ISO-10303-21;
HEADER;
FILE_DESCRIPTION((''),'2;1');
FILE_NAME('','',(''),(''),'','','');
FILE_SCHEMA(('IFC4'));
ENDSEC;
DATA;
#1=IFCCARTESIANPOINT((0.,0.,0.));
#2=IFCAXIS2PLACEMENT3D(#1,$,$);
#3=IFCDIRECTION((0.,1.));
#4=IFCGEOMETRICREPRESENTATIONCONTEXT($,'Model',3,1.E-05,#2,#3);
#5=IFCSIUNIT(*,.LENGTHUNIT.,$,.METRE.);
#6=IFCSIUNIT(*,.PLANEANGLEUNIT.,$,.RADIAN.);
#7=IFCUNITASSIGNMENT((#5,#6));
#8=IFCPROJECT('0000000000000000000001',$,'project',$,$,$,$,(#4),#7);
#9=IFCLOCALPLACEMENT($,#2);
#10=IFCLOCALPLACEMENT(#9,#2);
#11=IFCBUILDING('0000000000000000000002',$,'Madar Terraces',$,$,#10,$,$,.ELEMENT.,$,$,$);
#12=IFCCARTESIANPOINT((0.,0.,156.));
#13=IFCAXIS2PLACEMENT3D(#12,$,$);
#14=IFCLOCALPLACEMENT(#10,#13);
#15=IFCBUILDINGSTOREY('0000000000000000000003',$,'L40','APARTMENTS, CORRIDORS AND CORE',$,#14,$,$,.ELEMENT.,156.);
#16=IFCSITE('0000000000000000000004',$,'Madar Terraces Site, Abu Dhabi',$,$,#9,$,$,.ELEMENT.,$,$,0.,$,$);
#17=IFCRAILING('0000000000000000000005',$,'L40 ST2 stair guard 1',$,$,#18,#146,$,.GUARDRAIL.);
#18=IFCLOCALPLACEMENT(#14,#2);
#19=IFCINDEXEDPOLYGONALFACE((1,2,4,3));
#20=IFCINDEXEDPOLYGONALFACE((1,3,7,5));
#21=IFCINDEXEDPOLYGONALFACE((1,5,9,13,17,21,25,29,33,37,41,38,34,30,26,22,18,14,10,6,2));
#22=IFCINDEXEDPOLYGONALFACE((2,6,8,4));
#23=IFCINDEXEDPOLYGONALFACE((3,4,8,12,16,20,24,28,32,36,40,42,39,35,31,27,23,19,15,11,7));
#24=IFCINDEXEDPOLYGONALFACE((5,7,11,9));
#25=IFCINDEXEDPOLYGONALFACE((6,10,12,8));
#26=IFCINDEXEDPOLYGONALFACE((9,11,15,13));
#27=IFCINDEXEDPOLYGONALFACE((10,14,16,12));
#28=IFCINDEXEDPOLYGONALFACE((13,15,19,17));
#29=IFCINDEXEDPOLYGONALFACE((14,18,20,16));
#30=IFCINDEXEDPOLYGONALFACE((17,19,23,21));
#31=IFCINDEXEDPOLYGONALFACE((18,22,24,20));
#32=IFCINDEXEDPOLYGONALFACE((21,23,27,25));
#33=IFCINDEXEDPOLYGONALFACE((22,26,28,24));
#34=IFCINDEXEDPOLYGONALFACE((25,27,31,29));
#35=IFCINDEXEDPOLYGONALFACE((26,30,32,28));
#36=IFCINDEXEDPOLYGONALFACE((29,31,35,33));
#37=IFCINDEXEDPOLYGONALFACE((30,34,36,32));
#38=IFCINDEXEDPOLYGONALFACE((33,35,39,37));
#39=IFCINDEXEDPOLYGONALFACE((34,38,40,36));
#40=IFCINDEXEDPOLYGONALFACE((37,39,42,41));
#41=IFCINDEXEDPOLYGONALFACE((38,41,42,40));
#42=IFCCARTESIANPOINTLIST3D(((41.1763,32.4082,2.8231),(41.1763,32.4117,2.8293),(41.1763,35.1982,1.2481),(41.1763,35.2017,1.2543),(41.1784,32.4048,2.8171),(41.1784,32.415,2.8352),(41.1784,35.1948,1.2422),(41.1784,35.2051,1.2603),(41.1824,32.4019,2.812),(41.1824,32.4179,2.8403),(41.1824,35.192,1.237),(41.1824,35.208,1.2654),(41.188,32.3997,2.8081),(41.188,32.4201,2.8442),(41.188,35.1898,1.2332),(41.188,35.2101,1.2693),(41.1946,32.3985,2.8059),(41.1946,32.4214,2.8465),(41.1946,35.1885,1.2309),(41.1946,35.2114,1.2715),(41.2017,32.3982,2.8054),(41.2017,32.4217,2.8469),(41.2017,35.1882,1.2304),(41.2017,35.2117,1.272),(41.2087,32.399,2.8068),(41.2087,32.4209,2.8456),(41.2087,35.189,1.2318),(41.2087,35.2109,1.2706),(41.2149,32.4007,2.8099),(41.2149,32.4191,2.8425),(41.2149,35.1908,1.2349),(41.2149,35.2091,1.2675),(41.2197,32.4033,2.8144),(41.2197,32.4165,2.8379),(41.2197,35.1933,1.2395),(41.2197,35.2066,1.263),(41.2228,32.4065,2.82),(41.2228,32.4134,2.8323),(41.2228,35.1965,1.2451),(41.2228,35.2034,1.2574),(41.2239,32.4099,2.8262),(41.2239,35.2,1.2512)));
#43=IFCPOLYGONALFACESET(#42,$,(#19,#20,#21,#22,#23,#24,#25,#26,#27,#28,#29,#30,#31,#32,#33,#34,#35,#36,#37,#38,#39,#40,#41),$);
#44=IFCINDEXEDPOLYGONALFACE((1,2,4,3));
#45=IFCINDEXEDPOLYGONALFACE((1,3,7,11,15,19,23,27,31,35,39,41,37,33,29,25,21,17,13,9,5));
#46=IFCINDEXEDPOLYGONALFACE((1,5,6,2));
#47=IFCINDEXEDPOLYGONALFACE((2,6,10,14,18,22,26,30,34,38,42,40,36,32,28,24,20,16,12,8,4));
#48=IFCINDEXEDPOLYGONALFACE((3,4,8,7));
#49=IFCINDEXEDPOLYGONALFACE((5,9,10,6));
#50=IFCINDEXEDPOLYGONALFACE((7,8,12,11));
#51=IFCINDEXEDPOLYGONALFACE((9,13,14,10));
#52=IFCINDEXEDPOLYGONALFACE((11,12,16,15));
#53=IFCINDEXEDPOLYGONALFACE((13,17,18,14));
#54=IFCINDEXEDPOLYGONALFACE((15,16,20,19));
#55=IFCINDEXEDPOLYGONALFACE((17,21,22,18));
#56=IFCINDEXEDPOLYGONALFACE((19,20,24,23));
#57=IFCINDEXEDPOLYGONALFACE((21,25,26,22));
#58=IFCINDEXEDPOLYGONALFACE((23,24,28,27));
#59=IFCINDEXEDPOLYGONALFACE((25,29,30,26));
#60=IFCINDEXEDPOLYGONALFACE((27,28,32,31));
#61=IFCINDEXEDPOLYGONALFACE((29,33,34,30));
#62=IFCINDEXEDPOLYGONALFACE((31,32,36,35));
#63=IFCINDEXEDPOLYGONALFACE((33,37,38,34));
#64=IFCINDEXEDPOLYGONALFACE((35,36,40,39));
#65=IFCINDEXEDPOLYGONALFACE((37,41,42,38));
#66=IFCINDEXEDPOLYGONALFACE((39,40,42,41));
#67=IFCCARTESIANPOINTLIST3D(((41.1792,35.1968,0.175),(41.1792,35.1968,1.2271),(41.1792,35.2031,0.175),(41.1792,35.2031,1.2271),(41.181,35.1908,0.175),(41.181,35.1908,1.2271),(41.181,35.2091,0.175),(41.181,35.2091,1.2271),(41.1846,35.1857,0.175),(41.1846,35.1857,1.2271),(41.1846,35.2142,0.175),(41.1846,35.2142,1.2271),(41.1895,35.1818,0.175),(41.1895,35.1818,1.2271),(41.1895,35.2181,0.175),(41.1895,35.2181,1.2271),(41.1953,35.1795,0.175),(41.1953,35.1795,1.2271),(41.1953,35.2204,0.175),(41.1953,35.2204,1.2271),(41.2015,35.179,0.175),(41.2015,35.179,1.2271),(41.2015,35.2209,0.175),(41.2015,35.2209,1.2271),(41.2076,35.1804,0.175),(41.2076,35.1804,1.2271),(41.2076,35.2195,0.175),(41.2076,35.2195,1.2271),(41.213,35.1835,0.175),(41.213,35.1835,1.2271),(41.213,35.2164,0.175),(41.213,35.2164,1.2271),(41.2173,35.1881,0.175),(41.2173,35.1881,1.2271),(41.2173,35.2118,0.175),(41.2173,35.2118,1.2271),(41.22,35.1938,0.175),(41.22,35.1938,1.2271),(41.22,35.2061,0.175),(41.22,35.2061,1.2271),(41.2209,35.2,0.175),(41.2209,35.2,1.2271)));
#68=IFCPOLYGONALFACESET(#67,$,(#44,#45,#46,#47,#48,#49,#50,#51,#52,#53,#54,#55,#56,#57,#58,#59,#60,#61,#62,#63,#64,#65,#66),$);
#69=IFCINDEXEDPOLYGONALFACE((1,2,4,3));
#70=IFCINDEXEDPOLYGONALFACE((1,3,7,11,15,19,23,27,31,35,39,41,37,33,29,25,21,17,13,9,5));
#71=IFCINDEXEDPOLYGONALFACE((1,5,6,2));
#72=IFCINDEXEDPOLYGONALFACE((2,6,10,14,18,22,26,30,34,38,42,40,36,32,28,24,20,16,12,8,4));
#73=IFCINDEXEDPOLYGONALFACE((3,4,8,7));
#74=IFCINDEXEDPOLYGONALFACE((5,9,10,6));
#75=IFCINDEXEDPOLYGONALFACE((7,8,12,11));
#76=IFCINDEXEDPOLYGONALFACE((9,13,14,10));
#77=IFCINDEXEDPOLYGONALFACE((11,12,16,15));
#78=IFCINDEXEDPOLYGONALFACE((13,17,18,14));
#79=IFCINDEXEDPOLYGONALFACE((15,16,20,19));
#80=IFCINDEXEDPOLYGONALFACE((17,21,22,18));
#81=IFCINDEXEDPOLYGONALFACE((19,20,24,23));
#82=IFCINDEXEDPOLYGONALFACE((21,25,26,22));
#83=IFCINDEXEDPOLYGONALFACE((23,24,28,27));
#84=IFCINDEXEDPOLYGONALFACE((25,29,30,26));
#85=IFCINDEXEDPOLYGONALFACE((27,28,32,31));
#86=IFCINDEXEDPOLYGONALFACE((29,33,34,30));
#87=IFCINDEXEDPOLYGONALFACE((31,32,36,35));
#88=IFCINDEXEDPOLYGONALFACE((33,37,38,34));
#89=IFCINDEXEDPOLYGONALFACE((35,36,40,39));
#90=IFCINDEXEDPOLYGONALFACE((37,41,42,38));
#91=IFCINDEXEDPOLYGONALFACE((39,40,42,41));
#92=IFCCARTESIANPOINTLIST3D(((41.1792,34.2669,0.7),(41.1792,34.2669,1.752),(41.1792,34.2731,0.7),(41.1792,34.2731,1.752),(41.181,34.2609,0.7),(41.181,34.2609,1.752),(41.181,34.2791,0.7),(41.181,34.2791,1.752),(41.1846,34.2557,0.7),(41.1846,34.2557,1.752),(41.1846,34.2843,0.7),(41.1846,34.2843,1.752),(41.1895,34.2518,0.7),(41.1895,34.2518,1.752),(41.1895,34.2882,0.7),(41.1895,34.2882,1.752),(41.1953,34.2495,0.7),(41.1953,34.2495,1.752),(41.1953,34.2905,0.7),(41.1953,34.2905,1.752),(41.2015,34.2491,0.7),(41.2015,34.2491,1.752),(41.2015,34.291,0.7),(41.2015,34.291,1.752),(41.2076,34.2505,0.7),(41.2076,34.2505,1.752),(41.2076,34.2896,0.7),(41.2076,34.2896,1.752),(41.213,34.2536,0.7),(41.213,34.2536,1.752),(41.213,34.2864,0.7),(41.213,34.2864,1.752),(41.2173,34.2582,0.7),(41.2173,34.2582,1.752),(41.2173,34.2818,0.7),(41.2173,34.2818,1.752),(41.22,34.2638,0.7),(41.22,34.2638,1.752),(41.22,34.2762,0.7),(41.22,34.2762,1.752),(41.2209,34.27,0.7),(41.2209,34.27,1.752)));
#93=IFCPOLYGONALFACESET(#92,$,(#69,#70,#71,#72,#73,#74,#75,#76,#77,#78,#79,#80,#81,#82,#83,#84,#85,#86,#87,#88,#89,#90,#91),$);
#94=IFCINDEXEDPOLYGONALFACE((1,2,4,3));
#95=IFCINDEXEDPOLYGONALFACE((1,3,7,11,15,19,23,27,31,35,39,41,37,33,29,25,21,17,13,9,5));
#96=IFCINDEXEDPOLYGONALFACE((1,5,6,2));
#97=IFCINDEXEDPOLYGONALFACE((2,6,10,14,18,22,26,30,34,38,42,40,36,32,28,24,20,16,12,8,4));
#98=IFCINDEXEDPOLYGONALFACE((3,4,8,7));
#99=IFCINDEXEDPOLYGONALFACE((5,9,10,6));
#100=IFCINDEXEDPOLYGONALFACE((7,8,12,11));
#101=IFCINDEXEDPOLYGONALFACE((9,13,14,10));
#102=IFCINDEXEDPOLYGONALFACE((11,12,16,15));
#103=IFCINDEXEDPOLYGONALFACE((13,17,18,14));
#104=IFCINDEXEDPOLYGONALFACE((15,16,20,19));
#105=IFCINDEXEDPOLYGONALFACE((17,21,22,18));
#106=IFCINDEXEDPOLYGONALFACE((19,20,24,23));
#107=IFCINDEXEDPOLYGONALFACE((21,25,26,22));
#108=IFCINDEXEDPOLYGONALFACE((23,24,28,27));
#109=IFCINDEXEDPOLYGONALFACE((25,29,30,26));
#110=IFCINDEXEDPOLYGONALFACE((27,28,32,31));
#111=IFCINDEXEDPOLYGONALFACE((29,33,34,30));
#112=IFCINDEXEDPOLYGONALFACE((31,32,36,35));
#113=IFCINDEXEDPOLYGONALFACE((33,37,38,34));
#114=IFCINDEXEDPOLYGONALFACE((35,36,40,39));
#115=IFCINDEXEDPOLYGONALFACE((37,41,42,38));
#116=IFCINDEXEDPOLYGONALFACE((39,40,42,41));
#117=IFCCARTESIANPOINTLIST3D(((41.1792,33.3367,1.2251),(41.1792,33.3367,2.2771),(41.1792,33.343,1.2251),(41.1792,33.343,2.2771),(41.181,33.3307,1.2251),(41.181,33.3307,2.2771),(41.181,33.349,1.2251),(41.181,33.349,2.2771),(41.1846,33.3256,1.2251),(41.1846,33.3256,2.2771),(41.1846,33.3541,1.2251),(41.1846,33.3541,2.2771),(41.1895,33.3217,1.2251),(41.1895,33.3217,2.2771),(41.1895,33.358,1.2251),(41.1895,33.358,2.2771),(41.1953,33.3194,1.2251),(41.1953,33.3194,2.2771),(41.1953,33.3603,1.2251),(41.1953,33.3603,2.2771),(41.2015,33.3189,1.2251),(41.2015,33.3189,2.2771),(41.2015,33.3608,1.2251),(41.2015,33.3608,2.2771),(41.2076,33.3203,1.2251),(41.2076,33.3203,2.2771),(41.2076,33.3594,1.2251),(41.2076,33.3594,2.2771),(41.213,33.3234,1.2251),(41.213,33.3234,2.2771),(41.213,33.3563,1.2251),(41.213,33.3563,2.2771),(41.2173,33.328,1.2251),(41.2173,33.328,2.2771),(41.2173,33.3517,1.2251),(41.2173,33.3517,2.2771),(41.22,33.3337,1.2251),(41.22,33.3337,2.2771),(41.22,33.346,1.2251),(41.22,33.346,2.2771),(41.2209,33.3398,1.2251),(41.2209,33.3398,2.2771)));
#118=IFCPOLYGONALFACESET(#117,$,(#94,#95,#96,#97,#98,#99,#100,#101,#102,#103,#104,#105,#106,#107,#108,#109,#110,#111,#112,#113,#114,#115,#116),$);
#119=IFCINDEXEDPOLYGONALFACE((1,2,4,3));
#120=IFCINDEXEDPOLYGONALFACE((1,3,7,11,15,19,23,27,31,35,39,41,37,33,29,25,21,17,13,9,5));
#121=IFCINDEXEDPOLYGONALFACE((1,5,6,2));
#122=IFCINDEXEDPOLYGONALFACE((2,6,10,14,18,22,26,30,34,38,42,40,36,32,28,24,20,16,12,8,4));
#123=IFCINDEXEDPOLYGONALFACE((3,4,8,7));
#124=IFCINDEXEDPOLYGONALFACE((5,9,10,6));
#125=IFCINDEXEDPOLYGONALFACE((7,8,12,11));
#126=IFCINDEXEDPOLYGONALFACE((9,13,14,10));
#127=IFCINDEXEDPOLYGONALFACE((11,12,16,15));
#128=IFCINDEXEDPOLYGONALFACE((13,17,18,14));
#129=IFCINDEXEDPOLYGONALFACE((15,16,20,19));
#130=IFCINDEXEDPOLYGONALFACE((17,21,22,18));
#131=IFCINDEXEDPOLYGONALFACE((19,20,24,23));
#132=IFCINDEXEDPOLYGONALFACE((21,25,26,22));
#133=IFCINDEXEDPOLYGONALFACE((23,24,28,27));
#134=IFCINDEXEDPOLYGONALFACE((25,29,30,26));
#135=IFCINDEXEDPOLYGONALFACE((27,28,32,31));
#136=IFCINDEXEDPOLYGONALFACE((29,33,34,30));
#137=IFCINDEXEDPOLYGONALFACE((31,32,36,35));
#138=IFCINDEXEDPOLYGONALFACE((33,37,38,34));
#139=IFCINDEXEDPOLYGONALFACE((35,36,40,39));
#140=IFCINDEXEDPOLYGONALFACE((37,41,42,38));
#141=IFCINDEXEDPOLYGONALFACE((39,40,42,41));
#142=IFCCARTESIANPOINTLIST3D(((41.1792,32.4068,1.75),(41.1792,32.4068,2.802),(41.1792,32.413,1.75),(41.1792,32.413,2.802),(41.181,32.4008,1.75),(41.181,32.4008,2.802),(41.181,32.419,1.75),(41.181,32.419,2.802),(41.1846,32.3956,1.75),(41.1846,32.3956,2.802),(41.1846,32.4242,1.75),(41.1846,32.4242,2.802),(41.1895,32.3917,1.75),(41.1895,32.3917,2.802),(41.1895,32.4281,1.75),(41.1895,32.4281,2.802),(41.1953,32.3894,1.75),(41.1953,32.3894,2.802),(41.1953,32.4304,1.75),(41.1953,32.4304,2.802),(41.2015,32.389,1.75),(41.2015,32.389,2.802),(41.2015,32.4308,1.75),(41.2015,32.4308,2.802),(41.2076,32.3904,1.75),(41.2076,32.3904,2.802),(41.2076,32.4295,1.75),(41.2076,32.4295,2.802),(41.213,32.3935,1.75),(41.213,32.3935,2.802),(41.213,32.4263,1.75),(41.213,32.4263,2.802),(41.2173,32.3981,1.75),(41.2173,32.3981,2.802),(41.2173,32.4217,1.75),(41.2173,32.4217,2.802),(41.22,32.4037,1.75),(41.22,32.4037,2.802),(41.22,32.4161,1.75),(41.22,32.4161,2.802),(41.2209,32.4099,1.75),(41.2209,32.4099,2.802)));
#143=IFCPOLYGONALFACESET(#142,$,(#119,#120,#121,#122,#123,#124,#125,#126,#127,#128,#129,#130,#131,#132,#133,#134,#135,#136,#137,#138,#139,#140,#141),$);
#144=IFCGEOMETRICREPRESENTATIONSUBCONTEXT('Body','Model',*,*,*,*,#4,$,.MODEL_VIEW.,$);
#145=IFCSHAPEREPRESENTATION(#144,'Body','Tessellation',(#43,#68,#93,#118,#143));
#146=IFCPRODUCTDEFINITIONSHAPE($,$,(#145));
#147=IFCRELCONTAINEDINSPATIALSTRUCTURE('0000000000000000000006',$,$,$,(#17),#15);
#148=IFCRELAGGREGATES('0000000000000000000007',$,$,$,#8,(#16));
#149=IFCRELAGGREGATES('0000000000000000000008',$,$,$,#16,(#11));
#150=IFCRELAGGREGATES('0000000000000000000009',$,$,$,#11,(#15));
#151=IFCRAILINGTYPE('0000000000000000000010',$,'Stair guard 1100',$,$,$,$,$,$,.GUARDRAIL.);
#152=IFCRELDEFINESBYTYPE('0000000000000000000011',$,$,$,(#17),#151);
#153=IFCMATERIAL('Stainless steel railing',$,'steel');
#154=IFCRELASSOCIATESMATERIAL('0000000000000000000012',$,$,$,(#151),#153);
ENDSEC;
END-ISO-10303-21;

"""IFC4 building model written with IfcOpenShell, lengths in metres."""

from ifc_helpers import new_model, si_unit, direction, frame, origin, origin_2d, place, context, subcontext, project, spatial, circle, extrude, material, type_object, element, save


model = new_model("IFC4")

# Units and contexts
model_context = context("Model", 3, precision=1e-05, world=origin(), true_north=direction((0.0, 1.0)))
body_context = subcontext(model_context, "Body", "Model", "MODEL_VIEW")
ifc_project = project(units=[si_unit("LENGTHUNIT", "METRE"), si_unit("PLANEANGLEUNIT", "RADIAN")], contexts=[model_context])

# Site, building, storey
site_placement = place(None, origin())
site = spatial("IfcSite", under=ifc_project, at=site_placement, Name="Madar Terraces Site, Abu Dhabi", CompositionType="ELEMENT", RefElevation=0.0)
building_placement = place(site_placement, origin())
building = spatial("IfcBuilding", under=site, at=building_placement, Name="Madar Terraces", CompositionType="ELEMENT")
storey_placement = place(building_placement, frame((0.0, 0.0, 156.0)))
storey = spatial("IfcBuildingStorey", under=building, at=storey_placement, Name="L40", Description="APARTMENTS, CORRIDORS AND CORE", CompositionType="ELEMENT", Elevation=156.0)

# Railing
ifc_material_1 = material(Name="Stainless steel railing", Category="steel")
railing_type_1 = type_object("IfcRailingType", Name="Stair guard 1100", PredefinedType="GUARDRAIL", material=ifc_material_1)
railing_1_placement = place(storey_placement, frame((41.2, 35.2, 0.175)))
element("IfcRailing", 1, at=railing_1_placement, inside=storey, type_object=railing_type_1, Name="L40 ST2 stair guard 1", PredefinedType="GUARDRAIL", context=body_context, shape_type="SweptSolid", body=[
    extrude(circle(Radius=0.0239, at=origin_2d()), frame((0.0, 0.0, 1.0762), z_axis=(0.0, -0.870834, 0.491578), x_axis=(1.0, 0.0, 0.0)), (0.0, 0.0, 1.0), 3.2039),
    extrude(circle(Radius=0.021, at=origin_2d()), origin(), (0.0, 0.0, 1.0), 1.052),
    extrude(circle(Radius=0.021, at=origin_2d()), frame((0.0, -0.9299, 0.5249)), (0.0, 0.0, 1.0), 1.052),
    extrude(circle(Radius=0.021, at=origin_2d()), frame((0.0, -1.8601, 1.05)), (0.0, 0.0, 1.0), 1.052),
    extrude(circle(Radius=0.021, at=origin_2d()), frame((0.0, -2.79, 1.575)), (0.0, 0.0, 1.0), 1.052),
])

save(model, "model.ifc")
